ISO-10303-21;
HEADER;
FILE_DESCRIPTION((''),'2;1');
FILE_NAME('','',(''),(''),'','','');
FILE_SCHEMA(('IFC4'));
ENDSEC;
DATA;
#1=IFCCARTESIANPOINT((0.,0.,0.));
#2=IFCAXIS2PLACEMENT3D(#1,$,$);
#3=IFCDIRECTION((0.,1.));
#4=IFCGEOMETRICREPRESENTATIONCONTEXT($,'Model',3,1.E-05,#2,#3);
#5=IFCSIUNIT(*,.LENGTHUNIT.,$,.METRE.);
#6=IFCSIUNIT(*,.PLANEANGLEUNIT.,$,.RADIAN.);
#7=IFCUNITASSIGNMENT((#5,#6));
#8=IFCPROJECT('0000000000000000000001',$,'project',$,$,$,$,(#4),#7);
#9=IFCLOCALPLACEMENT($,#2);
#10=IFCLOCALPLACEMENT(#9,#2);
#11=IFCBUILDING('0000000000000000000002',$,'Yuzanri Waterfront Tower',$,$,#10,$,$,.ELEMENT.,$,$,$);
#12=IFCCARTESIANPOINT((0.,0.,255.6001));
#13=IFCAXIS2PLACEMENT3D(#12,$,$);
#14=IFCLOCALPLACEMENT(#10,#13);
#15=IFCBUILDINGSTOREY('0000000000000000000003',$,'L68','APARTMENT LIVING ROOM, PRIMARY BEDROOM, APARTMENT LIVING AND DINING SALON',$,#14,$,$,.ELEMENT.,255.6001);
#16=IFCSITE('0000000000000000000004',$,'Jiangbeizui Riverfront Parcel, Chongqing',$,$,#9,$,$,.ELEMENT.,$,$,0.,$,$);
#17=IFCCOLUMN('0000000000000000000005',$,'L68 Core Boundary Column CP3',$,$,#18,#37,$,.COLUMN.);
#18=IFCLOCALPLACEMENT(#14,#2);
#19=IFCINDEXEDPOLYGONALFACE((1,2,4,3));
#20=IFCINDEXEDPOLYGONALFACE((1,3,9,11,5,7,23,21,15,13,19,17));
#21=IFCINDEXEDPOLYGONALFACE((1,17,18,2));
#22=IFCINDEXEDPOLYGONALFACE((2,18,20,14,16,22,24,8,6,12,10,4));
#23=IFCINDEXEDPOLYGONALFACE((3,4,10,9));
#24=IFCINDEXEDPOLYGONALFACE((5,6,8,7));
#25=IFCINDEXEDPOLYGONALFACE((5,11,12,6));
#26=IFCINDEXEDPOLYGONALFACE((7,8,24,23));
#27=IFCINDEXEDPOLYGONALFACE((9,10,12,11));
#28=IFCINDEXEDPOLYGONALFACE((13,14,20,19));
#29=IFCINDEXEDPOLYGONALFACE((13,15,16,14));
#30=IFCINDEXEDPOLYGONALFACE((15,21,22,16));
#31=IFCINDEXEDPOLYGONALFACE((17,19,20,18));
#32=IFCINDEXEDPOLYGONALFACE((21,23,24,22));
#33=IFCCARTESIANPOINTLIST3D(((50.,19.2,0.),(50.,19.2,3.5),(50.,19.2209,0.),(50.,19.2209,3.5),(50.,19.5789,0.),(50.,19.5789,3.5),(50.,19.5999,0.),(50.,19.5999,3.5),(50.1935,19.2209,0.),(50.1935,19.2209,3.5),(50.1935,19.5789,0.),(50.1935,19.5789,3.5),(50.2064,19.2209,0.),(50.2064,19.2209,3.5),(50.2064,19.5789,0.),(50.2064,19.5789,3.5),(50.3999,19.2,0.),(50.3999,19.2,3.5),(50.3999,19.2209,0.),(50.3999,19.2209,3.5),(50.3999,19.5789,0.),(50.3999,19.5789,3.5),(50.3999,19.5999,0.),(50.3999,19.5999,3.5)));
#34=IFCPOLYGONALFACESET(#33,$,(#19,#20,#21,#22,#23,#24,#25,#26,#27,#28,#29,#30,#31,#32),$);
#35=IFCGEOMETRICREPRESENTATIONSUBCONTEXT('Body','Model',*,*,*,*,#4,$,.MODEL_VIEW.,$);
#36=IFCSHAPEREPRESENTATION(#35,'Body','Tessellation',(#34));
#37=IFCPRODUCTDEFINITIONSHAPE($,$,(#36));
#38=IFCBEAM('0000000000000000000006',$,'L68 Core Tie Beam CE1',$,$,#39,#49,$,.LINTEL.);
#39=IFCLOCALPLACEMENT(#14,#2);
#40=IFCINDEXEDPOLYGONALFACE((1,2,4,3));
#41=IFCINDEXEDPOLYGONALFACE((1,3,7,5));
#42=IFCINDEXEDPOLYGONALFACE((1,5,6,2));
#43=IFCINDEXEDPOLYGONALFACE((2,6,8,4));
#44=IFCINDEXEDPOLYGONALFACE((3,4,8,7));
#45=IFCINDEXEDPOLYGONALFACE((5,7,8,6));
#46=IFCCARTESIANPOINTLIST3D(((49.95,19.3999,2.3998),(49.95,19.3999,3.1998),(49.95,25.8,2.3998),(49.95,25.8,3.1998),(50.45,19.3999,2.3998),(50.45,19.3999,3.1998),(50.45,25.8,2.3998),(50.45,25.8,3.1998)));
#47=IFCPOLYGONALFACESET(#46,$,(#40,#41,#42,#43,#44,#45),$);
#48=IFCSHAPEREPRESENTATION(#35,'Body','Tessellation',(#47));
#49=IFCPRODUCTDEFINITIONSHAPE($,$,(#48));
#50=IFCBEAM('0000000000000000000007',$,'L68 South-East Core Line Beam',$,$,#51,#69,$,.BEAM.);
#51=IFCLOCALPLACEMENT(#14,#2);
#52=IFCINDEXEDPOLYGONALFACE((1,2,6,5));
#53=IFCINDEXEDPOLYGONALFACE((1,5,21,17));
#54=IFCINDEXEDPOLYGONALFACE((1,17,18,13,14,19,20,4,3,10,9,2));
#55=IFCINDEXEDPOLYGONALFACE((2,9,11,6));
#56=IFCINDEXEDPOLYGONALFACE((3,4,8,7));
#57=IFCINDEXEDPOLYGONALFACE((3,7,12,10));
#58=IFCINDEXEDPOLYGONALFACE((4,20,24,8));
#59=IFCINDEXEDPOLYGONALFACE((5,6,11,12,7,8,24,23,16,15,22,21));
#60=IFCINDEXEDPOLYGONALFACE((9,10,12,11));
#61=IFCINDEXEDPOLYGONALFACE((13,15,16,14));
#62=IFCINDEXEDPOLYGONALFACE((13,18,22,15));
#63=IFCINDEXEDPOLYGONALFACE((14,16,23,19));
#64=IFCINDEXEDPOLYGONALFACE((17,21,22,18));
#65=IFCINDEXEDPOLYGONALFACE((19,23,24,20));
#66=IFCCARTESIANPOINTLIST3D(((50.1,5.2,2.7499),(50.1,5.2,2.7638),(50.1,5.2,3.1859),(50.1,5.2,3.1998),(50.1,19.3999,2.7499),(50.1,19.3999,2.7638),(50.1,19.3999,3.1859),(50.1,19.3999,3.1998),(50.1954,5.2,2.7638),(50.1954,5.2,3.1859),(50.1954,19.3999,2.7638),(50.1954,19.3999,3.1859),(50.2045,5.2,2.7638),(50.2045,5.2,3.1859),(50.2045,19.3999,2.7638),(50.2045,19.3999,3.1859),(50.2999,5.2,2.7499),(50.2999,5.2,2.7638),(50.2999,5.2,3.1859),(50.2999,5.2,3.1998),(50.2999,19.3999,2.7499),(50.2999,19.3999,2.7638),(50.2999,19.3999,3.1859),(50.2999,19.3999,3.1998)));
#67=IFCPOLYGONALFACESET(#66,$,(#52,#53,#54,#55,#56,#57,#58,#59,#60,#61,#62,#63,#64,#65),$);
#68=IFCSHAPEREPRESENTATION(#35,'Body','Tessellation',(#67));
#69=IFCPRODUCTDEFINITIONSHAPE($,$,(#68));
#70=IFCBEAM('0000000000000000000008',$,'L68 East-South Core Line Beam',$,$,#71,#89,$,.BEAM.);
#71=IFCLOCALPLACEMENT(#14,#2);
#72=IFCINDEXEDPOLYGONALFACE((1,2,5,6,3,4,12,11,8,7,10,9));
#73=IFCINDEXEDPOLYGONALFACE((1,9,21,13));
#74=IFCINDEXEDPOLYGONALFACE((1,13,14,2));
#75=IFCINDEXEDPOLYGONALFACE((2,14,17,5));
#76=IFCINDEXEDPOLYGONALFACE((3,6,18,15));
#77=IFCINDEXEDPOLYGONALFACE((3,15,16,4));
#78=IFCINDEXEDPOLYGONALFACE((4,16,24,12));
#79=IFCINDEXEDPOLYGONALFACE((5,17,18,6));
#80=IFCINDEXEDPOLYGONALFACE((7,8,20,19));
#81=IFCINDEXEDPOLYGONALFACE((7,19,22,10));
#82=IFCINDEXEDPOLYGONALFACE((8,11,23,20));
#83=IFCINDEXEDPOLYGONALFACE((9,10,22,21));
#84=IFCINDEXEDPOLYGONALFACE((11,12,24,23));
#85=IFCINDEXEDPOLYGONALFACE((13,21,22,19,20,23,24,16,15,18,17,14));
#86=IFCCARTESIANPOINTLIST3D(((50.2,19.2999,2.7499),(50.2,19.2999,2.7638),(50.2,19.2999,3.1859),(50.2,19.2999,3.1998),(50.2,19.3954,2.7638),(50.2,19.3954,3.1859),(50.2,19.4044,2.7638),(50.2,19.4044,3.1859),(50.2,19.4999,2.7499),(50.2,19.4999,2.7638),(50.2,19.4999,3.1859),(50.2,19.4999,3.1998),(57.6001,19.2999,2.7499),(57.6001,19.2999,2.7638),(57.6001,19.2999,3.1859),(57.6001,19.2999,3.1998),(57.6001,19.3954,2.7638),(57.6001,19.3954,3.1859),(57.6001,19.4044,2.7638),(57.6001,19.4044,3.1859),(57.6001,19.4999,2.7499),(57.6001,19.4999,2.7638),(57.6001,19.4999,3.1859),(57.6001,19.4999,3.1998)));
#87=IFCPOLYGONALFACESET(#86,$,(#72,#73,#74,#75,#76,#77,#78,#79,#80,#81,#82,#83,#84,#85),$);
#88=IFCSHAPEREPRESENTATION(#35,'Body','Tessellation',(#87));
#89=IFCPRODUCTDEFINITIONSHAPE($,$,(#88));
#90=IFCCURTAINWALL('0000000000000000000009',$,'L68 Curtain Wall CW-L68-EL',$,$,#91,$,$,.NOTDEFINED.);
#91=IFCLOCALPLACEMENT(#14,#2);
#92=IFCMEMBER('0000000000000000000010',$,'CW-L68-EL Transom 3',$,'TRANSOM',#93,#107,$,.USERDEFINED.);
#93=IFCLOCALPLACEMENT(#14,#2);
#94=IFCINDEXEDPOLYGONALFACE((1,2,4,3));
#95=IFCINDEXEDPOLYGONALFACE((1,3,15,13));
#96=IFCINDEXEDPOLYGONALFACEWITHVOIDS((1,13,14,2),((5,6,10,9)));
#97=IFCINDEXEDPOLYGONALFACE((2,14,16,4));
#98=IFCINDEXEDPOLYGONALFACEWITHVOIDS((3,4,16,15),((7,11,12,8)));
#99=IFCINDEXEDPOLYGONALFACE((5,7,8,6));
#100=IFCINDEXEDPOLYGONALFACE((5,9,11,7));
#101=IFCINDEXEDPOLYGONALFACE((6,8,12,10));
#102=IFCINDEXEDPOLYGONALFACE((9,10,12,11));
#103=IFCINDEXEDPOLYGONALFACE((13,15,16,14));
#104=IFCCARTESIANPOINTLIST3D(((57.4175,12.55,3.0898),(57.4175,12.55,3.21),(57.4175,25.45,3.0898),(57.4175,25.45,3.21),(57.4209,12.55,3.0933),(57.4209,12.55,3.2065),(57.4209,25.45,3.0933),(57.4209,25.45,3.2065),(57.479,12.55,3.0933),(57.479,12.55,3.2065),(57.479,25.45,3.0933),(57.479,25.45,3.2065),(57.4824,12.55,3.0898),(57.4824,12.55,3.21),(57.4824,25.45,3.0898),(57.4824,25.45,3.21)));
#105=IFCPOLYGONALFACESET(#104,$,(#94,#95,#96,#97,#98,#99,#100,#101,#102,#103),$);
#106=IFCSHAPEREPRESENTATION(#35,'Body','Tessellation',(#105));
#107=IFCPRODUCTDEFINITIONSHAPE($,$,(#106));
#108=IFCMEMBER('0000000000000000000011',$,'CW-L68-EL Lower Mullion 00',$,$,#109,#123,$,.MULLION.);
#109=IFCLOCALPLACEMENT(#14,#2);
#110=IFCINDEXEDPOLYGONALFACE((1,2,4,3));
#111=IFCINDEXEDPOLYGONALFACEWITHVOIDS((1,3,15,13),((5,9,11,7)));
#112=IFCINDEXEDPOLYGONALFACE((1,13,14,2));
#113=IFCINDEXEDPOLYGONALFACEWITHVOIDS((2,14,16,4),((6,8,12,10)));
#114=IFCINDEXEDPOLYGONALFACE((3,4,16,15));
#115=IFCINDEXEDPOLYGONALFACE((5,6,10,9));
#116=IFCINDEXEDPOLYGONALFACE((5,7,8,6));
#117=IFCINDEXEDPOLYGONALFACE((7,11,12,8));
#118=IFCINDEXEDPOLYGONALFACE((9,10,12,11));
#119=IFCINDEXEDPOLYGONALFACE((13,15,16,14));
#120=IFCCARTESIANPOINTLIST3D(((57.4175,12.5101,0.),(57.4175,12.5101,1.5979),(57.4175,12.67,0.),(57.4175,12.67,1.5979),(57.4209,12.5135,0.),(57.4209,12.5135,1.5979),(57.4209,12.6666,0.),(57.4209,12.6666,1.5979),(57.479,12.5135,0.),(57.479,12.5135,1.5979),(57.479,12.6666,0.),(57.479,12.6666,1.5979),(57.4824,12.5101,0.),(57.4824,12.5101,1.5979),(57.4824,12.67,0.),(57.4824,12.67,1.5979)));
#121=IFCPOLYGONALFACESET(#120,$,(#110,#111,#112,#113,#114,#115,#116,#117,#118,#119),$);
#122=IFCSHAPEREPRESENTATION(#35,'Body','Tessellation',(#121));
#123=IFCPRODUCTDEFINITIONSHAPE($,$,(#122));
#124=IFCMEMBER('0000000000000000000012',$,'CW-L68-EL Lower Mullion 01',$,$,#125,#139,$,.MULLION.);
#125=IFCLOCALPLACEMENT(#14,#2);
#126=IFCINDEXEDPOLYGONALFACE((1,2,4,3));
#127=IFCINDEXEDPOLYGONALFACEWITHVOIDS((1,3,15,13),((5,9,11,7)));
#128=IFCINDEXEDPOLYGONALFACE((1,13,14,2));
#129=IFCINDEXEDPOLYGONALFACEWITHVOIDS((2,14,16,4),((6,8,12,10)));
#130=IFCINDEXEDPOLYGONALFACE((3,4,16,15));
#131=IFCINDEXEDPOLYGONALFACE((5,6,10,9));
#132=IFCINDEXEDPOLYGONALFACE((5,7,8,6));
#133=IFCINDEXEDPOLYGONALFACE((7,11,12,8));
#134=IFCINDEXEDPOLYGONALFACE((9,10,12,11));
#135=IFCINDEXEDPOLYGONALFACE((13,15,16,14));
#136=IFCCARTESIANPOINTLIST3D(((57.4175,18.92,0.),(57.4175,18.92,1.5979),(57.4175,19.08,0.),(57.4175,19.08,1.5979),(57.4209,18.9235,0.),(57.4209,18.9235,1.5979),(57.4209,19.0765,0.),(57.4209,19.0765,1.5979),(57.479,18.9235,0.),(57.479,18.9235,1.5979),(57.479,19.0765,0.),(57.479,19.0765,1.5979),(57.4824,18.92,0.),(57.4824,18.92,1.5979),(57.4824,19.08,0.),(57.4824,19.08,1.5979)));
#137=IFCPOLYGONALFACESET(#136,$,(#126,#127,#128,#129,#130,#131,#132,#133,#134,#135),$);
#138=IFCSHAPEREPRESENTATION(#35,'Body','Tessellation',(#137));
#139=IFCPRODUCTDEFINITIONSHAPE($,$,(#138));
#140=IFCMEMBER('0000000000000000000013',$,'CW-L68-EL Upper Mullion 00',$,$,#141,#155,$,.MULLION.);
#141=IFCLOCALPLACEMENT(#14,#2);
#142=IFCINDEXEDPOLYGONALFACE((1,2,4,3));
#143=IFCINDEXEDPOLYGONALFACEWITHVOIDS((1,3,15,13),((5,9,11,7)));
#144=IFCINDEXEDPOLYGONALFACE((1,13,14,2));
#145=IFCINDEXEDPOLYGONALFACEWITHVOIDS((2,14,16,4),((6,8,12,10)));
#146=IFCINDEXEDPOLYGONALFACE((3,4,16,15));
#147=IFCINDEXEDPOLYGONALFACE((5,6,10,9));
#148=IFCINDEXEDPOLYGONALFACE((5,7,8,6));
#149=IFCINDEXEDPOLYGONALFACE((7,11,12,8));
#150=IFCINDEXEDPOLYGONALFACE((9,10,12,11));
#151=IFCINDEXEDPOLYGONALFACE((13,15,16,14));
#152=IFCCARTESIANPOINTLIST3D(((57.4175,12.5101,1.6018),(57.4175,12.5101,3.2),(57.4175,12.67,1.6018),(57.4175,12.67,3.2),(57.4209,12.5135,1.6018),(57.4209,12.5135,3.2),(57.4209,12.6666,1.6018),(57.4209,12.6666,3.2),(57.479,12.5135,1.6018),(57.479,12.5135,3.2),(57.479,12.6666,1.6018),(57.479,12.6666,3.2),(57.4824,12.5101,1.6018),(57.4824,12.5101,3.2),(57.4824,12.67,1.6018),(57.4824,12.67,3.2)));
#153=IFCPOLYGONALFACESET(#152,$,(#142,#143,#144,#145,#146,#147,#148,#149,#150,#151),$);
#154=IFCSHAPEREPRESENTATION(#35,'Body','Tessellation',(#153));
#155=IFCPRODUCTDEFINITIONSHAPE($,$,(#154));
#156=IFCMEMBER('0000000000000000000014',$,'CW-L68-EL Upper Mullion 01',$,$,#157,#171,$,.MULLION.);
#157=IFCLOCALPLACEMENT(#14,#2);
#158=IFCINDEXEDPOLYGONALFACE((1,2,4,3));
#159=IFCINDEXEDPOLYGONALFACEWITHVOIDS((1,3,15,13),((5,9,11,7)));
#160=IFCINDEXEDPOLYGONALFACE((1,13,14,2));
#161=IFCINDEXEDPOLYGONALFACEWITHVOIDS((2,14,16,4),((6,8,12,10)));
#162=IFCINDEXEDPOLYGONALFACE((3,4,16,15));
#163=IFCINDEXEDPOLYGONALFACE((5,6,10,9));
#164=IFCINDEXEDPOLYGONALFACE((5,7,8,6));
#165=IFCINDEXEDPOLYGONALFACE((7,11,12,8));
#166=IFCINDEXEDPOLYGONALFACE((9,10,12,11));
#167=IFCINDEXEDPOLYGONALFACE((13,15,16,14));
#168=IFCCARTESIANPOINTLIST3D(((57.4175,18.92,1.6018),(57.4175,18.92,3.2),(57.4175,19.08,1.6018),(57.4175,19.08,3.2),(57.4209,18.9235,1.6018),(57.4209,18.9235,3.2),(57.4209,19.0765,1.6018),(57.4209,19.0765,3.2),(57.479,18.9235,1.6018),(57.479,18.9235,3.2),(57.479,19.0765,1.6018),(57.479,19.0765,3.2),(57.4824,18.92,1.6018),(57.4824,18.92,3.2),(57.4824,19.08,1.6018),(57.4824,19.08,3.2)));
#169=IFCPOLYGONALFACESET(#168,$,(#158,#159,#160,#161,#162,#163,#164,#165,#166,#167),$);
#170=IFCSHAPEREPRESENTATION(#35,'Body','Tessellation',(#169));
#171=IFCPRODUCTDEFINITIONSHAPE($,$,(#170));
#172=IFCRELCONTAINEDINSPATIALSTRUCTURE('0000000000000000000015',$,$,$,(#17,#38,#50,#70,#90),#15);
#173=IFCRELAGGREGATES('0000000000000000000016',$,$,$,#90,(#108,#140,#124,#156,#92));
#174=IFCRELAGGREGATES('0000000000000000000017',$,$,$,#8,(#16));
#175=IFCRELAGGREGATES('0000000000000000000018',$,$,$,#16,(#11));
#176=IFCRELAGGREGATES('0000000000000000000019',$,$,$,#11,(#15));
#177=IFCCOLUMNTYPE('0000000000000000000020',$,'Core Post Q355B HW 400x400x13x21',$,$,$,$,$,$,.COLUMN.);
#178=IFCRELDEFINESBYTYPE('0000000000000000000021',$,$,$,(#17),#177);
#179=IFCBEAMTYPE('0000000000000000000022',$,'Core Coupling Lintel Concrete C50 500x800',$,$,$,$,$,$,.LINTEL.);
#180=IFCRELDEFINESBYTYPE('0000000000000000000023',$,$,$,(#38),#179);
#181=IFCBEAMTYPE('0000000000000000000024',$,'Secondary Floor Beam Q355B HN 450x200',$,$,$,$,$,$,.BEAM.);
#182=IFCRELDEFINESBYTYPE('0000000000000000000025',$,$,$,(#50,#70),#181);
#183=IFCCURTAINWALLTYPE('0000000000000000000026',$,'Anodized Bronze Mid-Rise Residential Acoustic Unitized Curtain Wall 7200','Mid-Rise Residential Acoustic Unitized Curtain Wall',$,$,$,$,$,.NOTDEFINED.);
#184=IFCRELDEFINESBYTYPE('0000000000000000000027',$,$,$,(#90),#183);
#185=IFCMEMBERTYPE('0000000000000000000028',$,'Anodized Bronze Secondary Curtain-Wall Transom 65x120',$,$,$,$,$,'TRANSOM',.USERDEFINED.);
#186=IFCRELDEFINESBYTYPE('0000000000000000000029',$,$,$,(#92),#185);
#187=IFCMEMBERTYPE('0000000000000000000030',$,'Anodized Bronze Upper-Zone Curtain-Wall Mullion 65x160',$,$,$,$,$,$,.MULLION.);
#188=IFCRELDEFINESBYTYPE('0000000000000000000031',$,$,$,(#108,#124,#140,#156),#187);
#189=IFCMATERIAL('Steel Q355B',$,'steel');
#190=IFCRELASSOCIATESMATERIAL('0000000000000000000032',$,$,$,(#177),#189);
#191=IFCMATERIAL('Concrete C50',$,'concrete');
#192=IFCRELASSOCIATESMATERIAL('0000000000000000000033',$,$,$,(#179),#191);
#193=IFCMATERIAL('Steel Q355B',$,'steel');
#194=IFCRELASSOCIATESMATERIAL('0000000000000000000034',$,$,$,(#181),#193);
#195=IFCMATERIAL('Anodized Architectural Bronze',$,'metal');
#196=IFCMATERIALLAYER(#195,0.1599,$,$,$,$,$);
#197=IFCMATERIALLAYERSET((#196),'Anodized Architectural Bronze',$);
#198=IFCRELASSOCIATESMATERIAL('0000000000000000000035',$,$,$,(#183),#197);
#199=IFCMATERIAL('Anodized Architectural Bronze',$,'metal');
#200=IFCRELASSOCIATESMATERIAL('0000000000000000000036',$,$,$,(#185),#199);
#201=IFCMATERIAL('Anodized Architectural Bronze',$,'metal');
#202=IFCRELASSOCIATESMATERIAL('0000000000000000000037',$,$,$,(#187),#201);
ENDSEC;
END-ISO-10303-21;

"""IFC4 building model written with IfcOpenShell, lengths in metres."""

from ifc_helpers import new_model, si_unit, direction, frame, origin, origin_2d, place, context, subcontext, project, spatial, rectangle, hollow_rectangle, i_section, extrude, source, transform, mapped, material, layer, layer_set, material_profile, profile_set, type_object, element, aggregate, save


model = new_model("IFC4")

# Units and contexts
model_context = context("Model", 3, precision=1e-05, world=origin(), true_north=direction((0.0, 1.0)))
body_context = subcontext(model_context, "Body", "Model", "MODEL_VIEW")
ifc_project = project(units=[si_unit("LENGTHUNIT", "METRE"), si_unit("PLANEANGLEUNIT", "RADIAN")], contexts=[model_context])

# Site, building, storey
site_placement = place(None, origin())
site = spatial("IfcSite", under=ifc_project, at=site_placement, Name="Jiangbeizui Riverfront Parcel, Chongqing", CompositionType="ELEMENT", RefElevation=0.0)
building_placement = place(site_placement, origin())
building = spatial("IfcBuilding", under=site, at=building_placement, Name="Yuzanri Waterfront Tower", CompositionType="ELEMENT")
storey_placement = place(building_placement, frame((0.0, 0.0, 255.6001)))
storey = spatial("IfcBuildingStorey", under=building, at=storey_placement, Name="L68", Description="APARTMENT LIVING ROOM, PRIMARY BEDROOM, APARTMENT LIVING AND DINING SALON", CompositionType="ELEMENT", Elevation=255.6001)

# Column
ifc_material_1 = material(Name="Steel Q355B", Category="steel")
ifc_material_profile_1 = material_profile(ifc_material_1, i_section(OverallWidth=0.3999, OverallDepth=0.3999, WebThickness=0.0129, FlangeThickness=0.021, at=origin_2d()), Name="HW 400x400x13x21")
ifc_profile_set_1 = profile_set([ifc_material_profile_1], Name="Steel Q355B")
column_type = type_object("IfcColumnType", Name="Core Post Q355B HW 400x400x13x21", PredefinedType="COLUMN", material=ifc_profile_set_1)
shared_shape_1 = source(origin(), body_context, "Body", "SweptSolid", [
    extrude(i_section(OverallWidth=0.3999, OverallDepth=0.3999, WebThickness=0.0129, FlangeThickness=0.021, at=origin_2d()), origin(), (0.0, 0.0, 1.0), 3.5),
])
column_placement = place(storey_placement, frame((50.2, 19.3999, 0.0), z_axis=(0.0, 0.0, 1.0), x_axis=(1.0, 0.0, 0.0)))
element("IfcColumn", 1, at=column_placement, inside=storey, type_object=column_type, Name="L68 Core Boundary Column CP3", PredefinedType="COLUMN", context=body_context, shape_type="MappedRepresentation", body=[
    mapped(shared_shape_1, transform((0.0, 0.0, 0.0), scale=1.0)),
])

# Beams
ifc_material_2 = material(Name="Concrete C50", Category="concrete")
ifc_material_profile_2 = material_profile(ifc_material_2, rectangle(XDim=0.5, YDim=0.8, at=origin_2d()), Name="RC 500x800")
ifc_profile_set_2 = profile_set([ifc_material_profile_2], Name="Concrete C50")
beam_type_1 = type_object("IfcBeamType", Name="Core Coupling Lintel Concrete C50 500x800", PredefinedType="LINTEL", material=ifc_profile_set_2)
shared_shape_2 = source(origin(), body_context, "Body", "SweptSolid", [
    extrude(rectangle(XDim=0.5, YDim=0.8, at=origin_2d()), origin(), (0.0, 0.0, 1.0), 6.4001),
])
beam_1_placement = place(storey_placement, frame((50.2, 19.3999, 2.7998), z_axis=(0.0, 1.0, 0.0), x_axis=(-1.0, 0.0, 0.0)))
element("IfcBeam", 2, at=beam_1_placement, inside=storey, type_object=beam_type_1, Name="L68 Core Tie Beam CE1", PredefinedType="LINTEL", context=body_context, shape_type="MappedRepresentation", body=[
    mapped(shared_shape_2, transform((0.0, 0.0, 0.0), scale=1.0)),
])
ifc_material_3 = material(Name="Steel Q355B", Category="steel")
ifc_material_profile_3 = material_profile(ifc_material_3, i_section(OverallWidth=0.2, OverallDepth=0.45, WebThickness=0.009, FlangeThickness=0.0139, at=origin_2d()), Name="HN 450x200x9x14")
ifc_profile_set_3 = profile_set([ifc_material_profile_3], Name="Steel Q355B")
beam_type_2 = type_object("IfcBeamType", Name="Secondary Floor Beam Q355B HN 450x200", PredefinedType="BEAM", material=ifc_profile_set_3)
shared_shape_3 = source(origin(), body_context, "Body", "SweptSolid", [
    extrude(i_section(OverallWidth=0.2, OverallDepth=0.45, WebThickness=0.009, FlangeThickness=0.0139, at=origin_2d()), origin(), (0.0, 0.0, 1.0), 14.2),
])
beam_2_placement = place(storey_placement, frame((50.2, 19.3999, 2.9749), z_axis=(0.0, -1.0, 0.0), x_axis=(1.0, 0.0, 0.0)))
element("IfcBeam", 3, at=beam_2_placement, inside=storey, type_object=beam_type_2, Name="L68 South-East Core Line Beam", PredefinedType="BEAM", context=body_context, shape_type="MappedRepresentation", body=[
    mapped(shared_shape_3, transform((0.0, 0.0, 0.0), scale=1.0)),
])
shared_shape_4 = source(origin(), body_context, "Body", "SweptSolid", [
    extrude(i_section(OverallWidth=0.2, OverallDepth=0.45, WebThickness=0.009, FlangeThickness=0.0139, at=origin_2d()), origin(), (0.0, 0.0, 1.0), 7.4001),
])
beam_3_placement = place(storey_placement, frame((50.2, 19.3999, 2.9749), z_axis=(1.0, 0.0, 0.0), x_axis=(0.0, 1.0, 0.0)))
element("IfcBeam", 4, at=beam_3_placement, inside=storey, type_object=beam_type_2, Name="L68 East-South Core Line Beam", PredefinedType="BEAM", context=body_context, shape_type="MappedRepresentation", body=[
    mapped(shared_shape_4, transform((0.0, 0.0, 0.0), scale=1.0)),
])

# Curtain wall, members
ifc_material_4 = material(Name="Anodized Architectural Bronze", Category="metal")
ifc_layer_1 = layer(ifc_material_4, 0.1599)
ifc_layer_set_1 = layer_set([ifc_layer_1], Name="Anodized Architectural Bronze")
curtain_wall_type = type_object("IfcCurtainWallType", Name="Anodized Bronze Mid-Rise Residential Acoustic Unitized Curtain Wall 7200", Description="Mid-Rise Residential Acoustic Unitized Curtain Wall", PredefinedType="NOTDEFINED", material=ifc_layer_set_1)
curtain_wall_placement = place(storey_placement, origin())
curtain_wall = element("IfcCurtainWall", 5, at=curtain_wall_placement, inside=storey, type_object=curtain_wall_type, Name="L68 Curtain Wall CW-L68-EL", PredefinedType="NOTDEFINED")
ifc_material_5 = material(Name="Anodized Architectural Bronze", Category="metal")
ifc_material_profile_4 = material_profile(ifc_material_5, hollow_rectangle(XDim=0.0649, YDim=0.1201, WallThickness=0.0034, at=origin_2d()), Name="CWT 65x120")
ifc_profile_set_4 = profile_set([ifc_material_profile_4], Name="Anodized Architectural Bronze")
member_type_1 = type_object("IfcMemberType", Name="Anodized Bronze Secondary Curtain-Wall Transom 65x120", ElementType="TRANSOM", PredefinedType="USERDEFINED", material=ifc_profile_set_4)
shared_shape_5 = source(origin(), body_context, "Body", "SweptSolid", [
    extrude(hollow_rectangle(XDim=0.0649, YDim=0.1201, WallThickness=0.0034, at=origin_2d()), origin(), (0.0, 0.0, 1.0), 12.8999),
])
member_1_placement = place(storey_placement, frame((57.45, 12.55, 3.1499), z_axis=(0.0, 1.0, 0.0), x_axis=(-1.0, 0.0, 0.0)))
member_1 = element("IfcMember", 6, at=member_1_placement, type_object=member_type_1, Name="CW-L68-EL Transom 3", ObjectType="TRANSOM", PredefinedType="USERDEFINED", context=body_context, shape_type="MappedRepresentation", body=[
    mapped(shared_shape_5, transform((0.0, 0.0, 0.0), scale=1.0)),
])
ifc_material_6 = material(Name="Anodized Architectural Bronze", Category="metal")
ifc_material_profile_5 = material_profile(ifc_material_6, hollow_rectangle(XDim=0.0649, YDim=0.1599, WallThickness=0.0034, at=origin_2d()), Name="CWM 65x160")
ifc_profile_set_5 = profile_set([ifc_material_profile_5], Name="Anodized Architectural Bronze")
member_type_2 = type_object("IfcMemberType", Name="Anodized Bronze Upper-Zone Curtain-Wall Mullion 65x160", PredefinedType="MULLION", material=ifc_profile_set_5)
shared_shape_6 = source(origin(), body_context, "Body", "SweptSolid", [
    extrude(hollow_rectangle(XDim=0.0649, YDim=0.1599, WallThickness=0.0034, at=origin_2d()), origin(), (0.0, 0.0, 1.0), 1.5979),
])
member_2_placement = place(storey_placement, frame((57.45, 12.5901, 0.0), z_axis=(0.0, 0.0, 1.0), x_axis=(1.0, 0.0, 0.0)))
member_2 = element("IfcMember", 7, at=member_2_placement, type_object=member_type_2, Name="CW-L68-EL Lower Mullion 00", PredefinedType="MULLION", context=body_context, shape_type="MappedRepresentation", body=[
    mapped(shared_shape_6, transform((0.0, 0.0, 0.0), scale=1.0)),
])
member_3_placement = place(storey_placement, frame((57.45, 19.0, 0.0), z_axis=(0.0, 0.0, 1.0), x_axis=(1.0, 0.0, 0.0)))
member_3 = element("IfcMember", 8, at=member_3_placement, type_object=member_type_2, Name="CW-L68-EL Lower Mullion 01", PredefinedType="MULLION", context=body_context, shape_type="MappedRepresentation", body=[
    mapped(shared_shape_6, transform((0.0, 0.0, 0.0), scale=1.0)),
])
shared_shape_7 = source(origin(), body_context, "Body", "SweptSolid", [
    extrude(hollow_rectangle(XDim=0.0649, YDim=0.1599, WallThickness=0.0034, at=origin_2d()), origin(), (0.0, 0.0, 1.0), 1.5981),
])
member_4_placement = place(storey_placement, frame((57.45, 12.5901, 1.6018), z_axis=(0.0, 0.0, 1.0), x_axis=(1.0, 0.0, 0.0)))
member_4 = element("IfcMember", 9, at=member_4_placement, type_object=member_type_2, Name="CW-L68-EL Upper Mullion 00", PredefinedType="MULLION", context=body_context, shape_type="MappedRepresentation", body=[
    mapped(shared_shape_7, transform((0.0, 0.0, 0.0), scale=1.0)),
])
member_5_placement = place(storey_placement, frame((57.45, 19.0, 1.6018), z_axis=(0.0, 0.0, 1.0), x_axis=(1.0, 0.0, 0.0)))
member_5 = element("IfcMember", 10, at=member_5_placement, type_object=member_type_2, Name="CW-L68-EL Upper Mullion 01", PredefinedType="MULLION", context=body_context, shape_type="MappedRepresentation", body=[
    mapped(shared_shape_7, transform((0.0, 0.0, 0.0), scale=1.0)),
])
aggregate(curtain_wall, [member_2, member_4, member_3, member_5, member_1])

save(model, "model.ifc")
